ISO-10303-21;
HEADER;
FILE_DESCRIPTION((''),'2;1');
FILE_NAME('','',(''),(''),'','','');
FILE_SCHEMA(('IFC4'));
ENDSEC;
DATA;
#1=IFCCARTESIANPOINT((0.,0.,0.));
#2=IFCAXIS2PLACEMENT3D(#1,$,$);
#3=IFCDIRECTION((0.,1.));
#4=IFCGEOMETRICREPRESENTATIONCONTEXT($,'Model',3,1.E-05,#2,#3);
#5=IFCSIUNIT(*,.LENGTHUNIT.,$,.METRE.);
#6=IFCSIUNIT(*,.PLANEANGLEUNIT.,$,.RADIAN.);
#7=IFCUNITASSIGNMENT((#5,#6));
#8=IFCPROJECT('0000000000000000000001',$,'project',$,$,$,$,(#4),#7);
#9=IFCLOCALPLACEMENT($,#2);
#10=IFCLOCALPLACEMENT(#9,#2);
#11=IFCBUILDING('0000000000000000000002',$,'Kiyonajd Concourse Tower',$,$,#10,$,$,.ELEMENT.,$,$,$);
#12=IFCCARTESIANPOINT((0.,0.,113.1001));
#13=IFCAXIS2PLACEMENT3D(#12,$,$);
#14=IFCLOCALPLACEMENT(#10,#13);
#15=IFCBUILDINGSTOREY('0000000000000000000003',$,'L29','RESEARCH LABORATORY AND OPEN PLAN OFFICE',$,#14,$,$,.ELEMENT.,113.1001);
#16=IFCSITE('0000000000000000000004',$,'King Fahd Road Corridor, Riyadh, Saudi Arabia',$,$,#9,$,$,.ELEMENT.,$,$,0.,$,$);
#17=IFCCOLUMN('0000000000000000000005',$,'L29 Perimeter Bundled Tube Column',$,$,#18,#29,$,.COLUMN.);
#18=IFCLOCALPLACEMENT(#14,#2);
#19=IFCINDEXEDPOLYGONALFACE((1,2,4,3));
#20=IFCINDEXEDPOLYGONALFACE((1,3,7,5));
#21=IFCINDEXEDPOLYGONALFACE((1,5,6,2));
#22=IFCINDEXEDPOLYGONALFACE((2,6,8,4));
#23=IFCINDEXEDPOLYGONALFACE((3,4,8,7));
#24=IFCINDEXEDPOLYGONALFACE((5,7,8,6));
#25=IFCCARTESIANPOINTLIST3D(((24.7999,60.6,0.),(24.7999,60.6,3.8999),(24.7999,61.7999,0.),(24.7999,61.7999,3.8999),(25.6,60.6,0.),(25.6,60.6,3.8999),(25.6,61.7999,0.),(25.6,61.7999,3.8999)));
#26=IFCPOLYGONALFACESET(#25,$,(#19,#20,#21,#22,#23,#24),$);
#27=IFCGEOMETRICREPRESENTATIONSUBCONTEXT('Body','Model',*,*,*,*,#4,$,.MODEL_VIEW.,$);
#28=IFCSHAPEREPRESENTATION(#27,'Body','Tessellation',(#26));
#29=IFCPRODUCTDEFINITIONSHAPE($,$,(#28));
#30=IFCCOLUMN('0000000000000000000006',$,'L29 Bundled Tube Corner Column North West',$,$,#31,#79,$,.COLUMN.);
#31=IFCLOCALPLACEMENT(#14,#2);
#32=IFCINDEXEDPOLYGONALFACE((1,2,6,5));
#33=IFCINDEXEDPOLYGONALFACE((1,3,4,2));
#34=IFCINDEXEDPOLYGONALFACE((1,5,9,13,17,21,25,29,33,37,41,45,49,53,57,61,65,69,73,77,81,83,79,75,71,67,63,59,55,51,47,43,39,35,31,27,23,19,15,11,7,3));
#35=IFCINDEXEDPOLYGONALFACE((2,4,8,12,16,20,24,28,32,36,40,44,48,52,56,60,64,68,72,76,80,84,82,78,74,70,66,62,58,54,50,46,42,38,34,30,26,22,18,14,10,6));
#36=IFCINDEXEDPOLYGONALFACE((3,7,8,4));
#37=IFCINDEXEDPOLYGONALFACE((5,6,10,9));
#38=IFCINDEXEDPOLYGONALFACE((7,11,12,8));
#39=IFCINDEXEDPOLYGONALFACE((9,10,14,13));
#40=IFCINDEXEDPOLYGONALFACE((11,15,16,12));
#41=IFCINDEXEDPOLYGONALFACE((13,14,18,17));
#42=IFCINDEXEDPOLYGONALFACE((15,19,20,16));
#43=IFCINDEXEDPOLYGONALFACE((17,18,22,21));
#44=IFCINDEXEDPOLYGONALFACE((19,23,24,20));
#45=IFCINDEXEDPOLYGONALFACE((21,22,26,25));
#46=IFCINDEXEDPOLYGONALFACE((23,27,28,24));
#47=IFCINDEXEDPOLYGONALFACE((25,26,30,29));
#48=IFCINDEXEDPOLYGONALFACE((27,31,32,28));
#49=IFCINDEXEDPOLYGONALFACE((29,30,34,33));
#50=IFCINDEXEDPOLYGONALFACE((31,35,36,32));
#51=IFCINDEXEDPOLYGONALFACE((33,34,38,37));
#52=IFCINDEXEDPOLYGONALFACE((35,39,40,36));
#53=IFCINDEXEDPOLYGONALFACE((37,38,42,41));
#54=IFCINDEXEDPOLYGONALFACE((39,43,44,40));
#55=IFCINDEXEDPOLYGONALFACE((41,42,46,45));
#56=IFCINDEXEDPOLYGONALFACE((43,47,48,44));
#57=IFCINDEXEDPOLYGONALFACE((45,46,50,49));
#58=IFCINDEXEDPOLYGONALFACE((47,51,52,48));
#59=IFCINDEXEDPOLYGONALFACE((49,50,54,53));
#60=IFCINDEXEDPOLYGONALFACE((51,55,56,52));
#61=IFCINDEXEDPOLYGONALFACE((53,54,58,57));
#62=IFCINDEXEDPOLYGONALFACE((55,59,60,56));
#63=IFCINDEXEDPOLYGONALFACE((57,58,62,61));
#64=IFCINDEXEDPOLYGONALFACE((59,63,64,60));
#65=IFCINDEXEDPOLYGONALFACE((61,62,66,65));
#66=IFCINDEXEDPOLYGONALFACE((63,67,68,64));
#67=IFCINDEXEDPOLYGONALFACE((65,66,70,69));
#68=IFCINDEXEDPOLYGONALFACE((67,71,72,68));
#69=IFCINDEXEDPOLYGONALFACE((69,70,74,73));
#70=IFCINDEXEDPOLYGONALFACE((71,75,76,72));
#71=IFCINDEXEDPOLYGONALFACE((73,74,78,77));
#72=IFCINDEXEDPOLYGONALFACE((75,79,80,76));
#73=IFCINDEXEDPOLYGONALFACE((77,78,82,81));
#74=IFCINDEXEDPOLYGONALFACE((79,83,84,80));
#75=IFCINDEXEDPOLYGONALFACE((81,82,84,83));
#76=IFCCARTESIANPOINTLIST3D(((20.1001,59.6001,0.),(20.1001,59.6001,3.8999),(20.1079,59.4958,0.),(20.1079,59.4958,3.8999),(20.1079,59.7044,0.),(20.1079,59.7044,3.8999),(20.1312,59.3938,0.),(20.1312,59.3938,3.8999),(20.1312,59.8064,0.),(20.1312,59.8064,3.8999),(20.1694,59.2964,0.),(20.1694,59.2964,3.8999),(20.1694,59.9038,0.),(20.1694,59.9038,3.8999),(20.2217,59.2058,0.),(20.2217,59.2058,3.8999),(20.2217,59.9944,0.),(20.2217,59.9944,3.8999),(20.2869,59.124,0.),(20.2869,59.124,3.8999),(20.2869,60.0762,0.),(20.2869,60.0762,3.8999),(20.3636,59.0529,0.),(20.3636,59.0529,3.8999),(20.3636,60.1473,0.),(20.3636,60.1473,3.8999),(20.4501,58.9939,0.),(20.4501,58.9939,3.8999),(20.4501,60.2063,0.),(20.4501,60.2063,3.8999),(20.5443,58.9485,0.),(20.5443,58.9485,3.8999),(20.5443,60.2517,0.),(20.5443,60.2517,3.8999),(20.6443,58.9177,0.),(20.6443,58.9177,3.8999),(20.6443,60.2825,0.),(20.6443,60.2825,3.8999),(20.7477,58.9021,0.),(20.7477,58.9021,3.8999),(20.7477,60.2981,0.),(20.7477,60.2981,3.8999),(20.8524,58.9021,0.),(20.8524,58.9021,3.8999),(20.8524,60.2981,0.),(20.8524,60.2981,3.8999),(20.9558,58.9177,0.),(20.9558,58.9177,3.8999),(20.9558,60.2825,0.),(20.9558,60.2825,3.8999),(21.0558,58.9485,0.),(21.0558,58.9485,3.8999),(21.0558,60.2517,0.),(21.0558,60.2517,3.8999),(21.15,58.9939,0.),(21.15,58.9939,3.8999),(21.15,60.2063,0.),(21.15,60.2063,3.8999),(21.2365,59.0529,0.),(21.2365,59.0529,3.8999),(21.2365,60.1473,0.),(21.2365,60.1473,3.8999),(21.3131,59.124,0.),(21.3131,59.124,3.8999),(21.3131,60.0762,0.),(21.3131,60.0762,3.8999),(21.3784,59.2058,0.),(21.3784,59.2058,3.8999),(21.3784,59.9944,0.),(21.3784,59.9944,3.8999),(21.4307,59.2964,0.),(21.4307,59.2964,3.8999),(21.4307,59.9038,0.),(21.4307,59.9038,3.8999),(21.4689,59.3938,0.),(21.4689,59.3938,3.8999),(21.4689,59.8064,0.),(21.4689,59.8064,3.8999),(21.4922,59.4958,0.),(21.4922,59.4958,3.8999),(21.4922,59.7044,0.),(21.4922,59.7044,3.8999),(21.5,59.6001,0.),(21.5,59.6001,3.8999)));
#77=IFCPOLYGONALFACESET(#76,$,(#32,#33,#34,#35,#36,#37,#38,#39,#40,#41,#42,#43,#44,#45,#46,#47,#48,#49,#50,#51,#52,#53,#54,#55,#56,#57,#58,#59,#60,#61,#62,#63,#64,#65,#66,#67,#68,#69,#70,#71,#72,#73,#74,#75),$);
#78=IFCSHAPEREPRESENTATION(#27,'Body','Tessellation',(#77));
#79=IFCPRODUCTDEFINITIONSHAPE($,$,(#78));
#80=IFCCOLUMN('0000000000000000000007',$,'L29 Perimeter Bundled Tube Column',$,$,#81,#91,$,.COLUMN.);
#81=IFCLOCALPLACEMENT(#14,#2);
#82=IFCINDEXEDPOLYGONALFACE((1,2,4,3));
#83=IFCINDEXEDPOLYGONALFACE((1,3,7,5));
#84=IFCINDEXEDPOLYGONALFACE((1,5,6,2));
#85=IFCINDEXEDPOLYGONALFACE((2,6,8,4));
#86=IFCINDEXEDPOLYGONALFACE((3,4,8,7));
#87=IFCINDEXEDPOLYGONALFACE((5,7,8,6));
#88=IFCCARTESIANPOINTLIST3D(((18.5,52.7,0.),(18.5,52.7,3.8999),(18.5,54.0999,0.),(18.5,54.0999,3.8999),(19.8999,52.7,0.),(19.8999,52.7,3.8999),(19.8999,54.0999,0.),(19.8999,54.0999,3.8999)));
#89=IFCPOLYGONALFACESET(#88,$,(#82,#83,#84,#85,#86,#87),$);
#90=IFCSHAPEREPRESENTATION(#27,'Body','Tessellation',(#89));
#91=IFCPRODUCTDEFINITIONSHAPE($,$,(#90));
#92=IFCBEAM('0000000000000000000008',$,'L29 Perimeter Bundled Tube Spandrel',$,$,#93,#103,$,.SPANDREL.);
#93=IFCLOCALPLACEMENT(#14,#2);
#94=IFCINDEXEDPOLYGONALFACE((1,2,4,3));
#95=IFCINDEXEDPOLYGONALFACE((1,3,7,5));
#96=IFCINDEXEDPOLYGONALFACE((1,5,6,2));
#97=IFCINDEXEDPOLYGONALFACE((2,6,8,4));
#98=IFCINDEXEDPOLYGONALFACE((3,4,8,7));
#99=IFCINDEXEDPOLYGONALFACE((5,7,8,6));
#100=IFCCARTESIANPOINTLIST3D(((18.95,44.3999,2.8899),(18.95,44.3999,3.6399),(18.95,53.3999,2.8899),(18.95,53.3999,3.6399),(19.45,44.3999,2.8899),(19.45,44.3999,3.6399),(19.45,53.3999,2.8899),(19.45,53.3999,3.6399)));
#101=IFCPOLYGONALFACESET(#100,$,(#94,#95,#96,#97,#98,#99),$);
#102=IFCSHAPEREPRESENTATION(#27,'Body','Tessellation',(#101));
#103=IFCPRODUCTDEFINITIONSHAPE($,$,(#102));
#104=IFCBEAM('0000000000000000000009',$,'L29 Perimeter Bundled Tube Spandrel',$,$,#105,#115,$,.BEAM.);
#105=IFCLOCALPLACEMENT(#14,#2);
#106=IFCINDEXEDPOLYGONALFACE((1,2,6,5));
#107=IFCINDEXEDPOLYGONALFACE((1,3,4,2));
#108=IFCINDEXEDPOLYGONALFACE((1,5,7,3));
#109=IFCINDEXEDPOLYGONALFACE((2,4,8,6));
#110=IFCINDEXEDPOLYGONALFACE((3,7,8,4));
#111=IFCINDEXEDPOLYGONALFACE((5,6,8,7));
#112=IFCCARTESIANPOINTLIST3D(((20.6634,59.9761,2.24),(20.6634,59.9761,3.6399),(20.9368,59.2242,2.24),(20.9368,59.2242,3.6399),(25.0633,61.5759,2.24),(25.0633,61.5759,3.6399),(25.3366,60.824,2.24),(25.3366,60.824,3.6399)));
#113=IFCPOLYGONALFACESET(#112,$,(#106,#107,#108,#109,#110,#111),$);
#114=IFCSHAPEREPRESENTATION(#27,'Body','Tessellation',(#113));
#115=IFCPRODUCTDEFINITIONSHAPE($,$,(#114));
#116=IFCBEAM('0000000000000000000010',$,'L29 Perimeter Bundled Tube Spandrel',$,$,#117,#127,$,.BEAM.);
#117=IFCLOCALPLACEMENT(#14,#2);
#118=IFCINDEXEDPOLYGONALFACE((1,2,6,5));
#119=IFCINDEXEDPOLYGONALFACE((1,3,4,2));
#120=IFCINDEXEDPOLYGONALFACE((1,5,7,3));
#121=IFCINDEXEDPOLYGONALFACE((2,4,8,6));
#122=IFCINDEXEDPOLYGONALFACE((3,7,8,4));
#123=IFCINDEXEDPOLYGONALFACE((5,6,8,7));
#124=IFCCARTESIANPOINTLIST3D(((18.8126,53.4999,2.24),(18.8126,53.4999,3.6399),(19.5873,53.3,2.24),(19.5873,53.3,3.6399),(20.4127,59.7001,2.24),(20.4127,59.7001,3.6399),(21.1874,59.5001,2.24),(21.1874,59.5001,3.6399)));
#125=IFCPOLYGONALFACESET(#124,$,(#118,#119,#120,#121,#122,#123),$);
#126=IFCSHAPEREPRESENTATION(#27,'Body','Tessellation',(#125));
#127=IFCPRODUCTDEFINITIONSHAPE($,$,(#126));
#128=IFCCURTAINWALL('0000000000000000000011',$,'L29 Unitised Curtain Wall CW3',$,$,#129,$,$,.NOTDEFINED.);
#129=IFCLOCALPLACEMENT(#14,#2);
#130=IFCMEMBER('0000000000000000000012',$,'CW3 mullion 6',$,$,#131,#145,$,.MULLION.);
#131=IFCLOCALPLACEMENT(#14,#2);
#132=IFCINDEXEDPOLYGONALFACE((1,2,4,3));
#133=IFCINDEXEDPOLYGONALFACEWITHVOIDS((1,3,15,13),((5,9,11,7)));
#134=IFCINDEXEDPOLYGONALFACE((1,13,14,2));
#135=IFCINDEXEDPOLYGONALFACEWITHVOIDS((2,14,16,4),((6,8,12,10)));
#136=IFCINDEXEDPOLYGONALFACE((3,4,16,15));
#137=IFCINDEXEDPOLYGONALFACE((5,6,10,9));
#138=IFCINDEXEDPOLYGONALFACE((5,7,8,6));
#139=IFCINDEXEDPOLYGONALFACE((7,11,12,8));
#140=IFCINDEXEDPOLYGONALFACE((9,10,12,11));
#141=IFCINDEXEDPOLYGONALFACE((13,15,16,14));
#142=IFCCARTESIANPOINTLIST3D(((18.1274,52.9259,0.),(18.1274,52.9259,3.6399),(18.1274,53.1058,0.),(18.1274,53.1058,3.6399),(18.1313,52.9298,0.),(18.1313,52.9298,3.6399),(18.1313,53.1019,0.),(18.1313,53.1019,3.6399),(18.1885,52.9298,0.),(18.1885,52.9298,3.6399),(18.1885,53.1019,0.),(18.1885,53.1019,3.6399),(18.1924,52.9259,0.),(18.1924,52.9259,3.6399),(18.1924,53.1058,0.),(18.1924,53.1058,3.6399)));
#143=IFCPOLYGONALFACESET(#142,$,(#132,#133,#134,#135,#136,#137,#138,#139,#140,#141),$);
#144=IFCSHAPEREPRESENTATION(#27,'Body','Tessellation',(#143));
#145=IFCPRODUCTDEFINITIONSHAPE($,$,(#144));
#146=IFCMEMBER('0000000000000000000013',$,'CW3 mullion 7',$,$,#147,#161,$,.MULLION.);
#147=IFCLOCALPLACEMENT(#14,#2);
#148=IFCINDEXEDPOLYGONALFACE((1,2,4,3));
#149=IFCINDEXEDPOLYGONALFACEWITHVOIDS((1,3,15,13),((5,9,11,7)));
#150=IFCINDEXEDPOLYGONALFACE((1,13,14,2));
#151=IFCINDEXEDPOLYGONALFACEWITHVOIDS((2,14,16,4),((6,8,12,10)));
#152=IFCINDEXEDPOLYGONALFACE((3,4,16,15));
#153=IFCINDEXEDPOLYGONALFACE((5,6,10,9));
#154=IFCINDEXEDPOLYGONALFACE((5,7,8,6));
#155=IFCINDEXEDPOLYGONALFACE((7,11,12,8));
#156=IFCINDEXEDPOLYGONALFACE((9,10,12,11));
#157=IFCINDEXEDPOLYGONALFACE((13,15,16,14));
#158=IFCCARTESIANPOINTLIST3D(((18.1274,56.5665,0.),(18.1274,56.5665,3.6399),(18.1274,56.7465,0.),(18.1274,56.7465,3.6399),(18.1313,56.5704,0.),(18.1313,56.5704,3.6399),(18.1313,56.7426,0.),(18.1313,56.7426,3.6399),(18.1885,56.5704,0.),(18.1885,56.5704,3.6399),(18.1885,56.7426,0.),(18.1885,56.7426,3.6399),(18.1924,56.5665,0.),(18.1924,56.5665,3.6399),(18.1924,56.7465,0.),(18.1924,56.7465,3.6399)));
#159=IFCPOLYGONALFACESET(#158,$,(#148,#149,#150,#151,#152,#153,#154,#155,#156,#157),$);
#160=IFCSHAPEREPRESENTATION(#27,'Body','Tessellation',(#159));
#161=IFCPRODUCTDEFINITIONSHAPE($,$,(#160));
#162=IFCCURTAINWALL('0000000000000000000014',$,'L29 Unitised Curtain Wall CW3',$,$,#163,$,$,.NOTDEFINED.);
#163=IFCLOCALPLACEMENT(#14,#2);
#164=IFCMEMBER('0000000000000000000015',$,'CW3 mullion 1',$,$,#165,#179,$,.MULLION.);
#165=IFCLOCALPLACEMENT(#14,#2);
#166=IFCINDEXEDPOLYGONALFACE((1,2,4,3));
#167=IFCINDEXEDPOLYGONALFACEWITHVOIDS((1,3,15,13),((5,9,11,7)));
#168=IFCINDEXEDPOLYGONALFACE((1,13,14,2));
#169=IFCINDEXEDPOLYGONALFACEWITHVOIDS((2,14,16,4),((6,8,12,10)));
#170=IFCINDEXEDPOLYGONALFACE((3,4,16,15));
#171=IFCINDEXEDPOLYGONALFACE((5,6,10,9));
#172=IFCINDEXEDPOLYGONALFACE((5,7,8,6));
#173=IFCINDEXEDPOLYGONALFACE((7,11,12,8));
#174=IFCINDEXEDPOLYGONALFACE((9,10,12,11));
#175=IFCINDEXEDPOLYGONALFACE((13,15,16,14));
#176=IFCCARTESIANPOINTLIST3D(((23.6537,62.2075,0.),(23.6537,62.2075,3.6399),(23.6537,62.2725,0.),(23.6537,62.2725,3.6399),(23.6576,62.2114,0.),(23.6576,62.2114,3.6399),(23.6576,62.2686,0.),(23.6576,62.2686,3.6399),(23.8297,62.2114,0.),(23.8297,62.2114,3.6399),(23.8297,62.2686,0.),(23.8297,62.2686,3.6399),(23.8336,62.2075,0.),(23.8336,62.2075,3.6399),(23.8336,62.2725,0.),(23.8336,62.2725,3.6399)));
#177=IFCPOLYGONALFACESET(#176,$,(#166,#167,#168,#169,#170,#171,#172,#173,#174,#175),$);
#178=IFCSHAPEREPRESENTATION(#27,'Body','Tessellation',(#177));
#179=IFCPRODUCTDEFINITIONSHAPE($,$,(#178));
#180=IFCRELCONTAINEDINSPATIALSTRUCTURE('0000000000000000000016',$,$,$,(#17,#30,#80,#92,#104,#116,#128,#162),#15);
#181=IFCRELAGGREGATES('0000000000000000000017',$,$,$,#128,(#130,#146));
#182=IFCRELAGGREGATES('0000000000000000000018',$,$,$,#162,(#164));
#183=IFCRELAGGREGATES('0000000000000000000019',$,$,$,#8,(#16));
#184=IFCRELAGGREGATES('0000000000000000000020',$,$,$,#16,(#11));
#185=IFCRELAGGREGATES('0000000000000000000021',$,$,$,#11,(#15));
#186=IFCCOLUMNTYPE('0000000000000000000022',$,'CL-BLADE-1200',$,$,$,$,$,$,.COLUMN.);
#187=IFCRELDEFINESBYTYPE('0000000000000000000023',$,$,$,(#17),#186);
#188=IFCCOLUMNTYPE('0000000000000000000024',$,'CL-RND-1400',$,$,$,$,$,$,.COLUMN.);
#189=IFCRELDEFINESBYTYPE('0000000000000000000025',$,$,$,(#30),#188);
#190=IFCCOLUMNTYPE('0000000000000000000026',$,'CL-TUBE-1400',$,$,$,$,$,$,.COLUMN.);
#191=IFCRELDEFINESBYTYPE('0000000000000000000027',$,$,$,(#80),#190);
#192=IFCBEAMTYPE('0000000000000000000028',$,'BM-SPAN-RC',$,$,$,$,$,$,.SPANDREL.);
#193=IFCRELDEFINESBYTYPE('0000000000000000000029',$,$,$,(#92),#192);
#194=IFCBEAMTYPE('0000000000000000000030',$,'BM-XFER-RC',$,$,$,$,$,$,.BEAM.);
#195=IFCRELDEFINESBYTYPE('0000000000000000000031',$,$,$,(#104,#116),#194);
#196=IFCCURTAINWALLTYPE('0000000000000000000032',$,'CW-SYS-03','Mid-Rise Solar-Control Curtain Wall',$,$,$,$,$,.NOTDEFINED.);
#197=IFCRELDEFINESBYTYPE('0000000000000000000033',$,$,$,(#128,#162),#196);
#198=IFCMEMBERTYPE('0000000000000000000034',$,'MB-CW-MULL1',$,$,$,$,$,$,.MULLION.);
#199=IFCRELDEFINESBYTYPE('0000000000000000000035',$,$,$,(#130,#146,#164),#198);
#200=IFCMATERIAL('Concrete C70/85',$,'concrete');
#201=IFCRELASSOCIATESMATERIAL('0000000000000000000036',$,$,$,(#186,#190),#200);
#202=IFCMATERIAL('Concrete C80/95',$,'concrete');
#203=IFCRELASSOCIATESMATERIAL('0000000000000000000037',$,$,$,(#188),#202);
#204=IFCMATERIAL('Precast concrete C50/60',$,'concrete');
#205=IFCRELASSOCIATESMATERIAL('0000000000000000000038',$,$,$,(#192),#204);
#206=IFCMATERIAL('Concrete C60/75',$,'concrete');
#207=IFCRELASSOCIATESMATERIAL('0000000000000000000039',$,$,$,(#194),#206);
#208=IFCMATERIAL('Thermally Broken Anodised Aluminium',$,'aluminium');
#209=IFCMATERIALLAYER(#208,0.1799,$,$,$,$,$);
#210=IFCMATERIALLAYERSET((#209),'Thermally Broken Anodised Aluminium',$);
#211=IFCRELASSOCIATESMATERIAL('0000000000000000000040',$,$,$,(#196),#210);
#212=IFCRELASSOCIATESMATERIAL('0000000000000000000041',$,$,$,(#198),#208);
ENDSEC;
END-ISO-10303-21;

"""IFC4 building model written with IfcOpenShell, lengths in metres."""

from ifc_helpers import new_model, si_unit, direction, frame, origin, origin_2d, place, context, subcontext, project, spatial, rectangle, hollow_rectangle, circle, extrude, material, layer, layer_set, material_profile, profile_set, type_object, element, aggregate, save


model = new_model("IFC4")

# Units and contexts
model_context = context("Model", 3, precision=1e-05, world=origin(), true_north=direction((0.0, 1.0)))
body_context = subcontext(model_context, "Body", "Model", "MODEL_VIEW")
ifc_project = project(units=[si_unit("LENGTHUNIT", "METRE"), si_unit("PLANEANGLEUNIT", "RADIAN")], contexts=[model_context])

# Site, building, storey
site_placement = place(None, origin())
site = spatial("IfcSite", under=ifc_project, at=site_placement, Name="King Fahd Road Corridor, Riyadh, Saudi Arabia", CompositionType="ELEMENT", RefElevation=0.0)
building_placement = place(site_placement, origin())
building = spatial("IfcBuilding", under=site, at=building_placement, Name="Kiyonajd Concourse Tower", CompositionType="ELEMENT")
storey_placement = place(building_placement, frame((0.0, 0.0, 113.1001)))
storey = spatial("IfcBuildingStorey", under=building, at=storey_placement, Name="L29", Description="RESEARCH LABORATORY AND OPEN PLAN OFFICE", CompositionType="ELEMENT", Elevation=113.1001)

# Columns
ifc_material_1 = material(Name="Concrete C70/85", Category="concrete")
ifc_material_profile_1 = material_profile(ifc_material_1, rectangle(XDim=0.8, YDim=1.2, at=origin_2d()), Name="RC-1200x800")
ifc_profile_set_1 = profile_set([ifc_material_profile_1], Name="Concrete C70/85")
column_type_1 = type_object("IfcColumnType", Name="CL-BLADE-1200", PredefinedType="COLUMN", material=ifc_profile_set_1)
column_1_placement = place(storey_placement, frame((25.2, 61.2, 0.0), z_axis=(0.0, 0.0, 1.0), x_axis=(1.0, 0.0, 0.0)))
element("IfcColumn", 1, at=column_1_placement, inside=storey, type_object=column_type_1, Name="L29 Perimeter Bundled Tube Column", PredefinedType="COLUMN", context=body_context, shape_type="SweptSolid", body=[
    extrude(rectangle(XDim=0.8, YDim=1.2, at=origin_2d()), origin(), (0.0, 0.0, 1.0), 3.8999),
])
ifc_material_2 = material(Name="Concrete C80/95", Category="concrete")
ifc_material_profile_2 = material_profile(ifc_material_2, circle(Radius=0.7, at=origin_2d()), Name="RCC-D1400")
ifc_profile_set_2 = profile_set([ifc_material_profile_2], Name="Concrete C80/95")
column_type_2 = type_object("IfcColumnType", Name="CL-RND-1400", PredefinedType="COLUMN", material=ifc_profile_set_2)
column_2_placement = place(storey_placement, frame((20.8, 59.6001, 0.0), z_axis=(0.0, 0.0, 1.0), x_axis=(1.0, 0.0, 0.0)))
element("IfcColumn", 2, at=column_2_placement, inside=storey, type_object=column_type_2, Name="L29 Bundled Tube Corner Column North West", PredefinedType="COLUMN", context=body_context, shape_type="SweptSolid", body=[
    extrude(circle(Radius=0.7, at=origin_2d()), origin(), (0.0, 0.0, 1.0), 3.8999),
])
ifc_material_profile_3 = material_profile(ifc_material_1, rectangle(XDim=1.3999, YDim=1.3999, at=origin_2d()), Name="RC-1400x1400")
ifc_profile_set_3 = profile_set([ifc_material_profile_3], Name="Concrete C70/85")
column_type_3 = type_object("IfcColumnType", Name="CL-TUBE-1400", PredefinedType="COLUMN", material=ifc_profile_set_3)
column_3_placement = place(storey_placement, frame((19.2, 53.3999, 0.0), z_axis=(0.0, 0.0, 1.0), x_axis=(1.0, 0.0, 0.0)))
element("IfcColumn", 3, at=column_3_placement, inside=storey, type_object=column_type_3, Name="L29 Perimeter Bundled Tube Column", PredefinedType="COLUMN", context=body_context, shape_type="SweptSolid", body=[
    extrude(rectangle(XDim=1.3999, YDim=1.3999, at=origin_2d()), origin(), (0.0, 0.0, 1.0), 3.8999),
])

# Beams
ifc_material_3 = material(Name="Precast concrete C50/60", Category="concrete")
ifc_material_profile_4 = material_profile(ifc_material_3, rectangle(XDim=0.5, YDim=0.75, at=origin_2d()), Name="RCBM-500x750")
ifc_profile_set_4 = profile_set([ifc_material_profile_4], Name="Precast concrete C50/60")
beam_type_1 = type_object("IfcBeamType", Name="BM-SPAN-RC", PredefinedType="SPANDREL", material=ifc_profile_set_4)
beam_1_placement = place(storey_placement, frame((19.2, 53.3999, 3.2649), z_axis=(0.0, -1.0, 0.0), x_axis=(1.0, 0.0, 0.0)))
element("IfcBeam", 4, at=beam_1_placement, inside=storey, type_object=beam_type_1, Name="L29 Perimeter Bundled Tube Spandrel", PredefinedType="SPANDREL", context=body_context, shape_type="SweptSolid", body=[
    extrude(rectangle(XDim=0.5, YDim=0.75, at=origin_2d()), origin(), (0.0, 0.0, 1.0), 9.0),
])
ifc_material_4 = material(Name="Concrete C60/75", Category="concrete")
ifc_material_profile_5 = material_profile(ifc_material_4, rectangle(XDim=0.8, YDim=1.3999, at=origin_2d()), Name="RCBM-800x1400")
ifc_profile_set_5 = profile_set([ifc_material_profile_5], Name="Concrete C60/75")
beam_type_2 = type_object("IfcBeamType", Name="BM-XFER-RC", PredefinedType="BEAM", material=ifc_profile_set_5)
beam_2_placement = place(storey_placement, frame((25.2, 61.2, 2.9399), z_axis=(-0.939801, -0.341722, 0.0), x_axis=(0.341722, -0.939801, 0.0)))
element("IfcBeam", 5, at=beam_2_placement, inside=storey, type_object=beam_type_2, Name="L29 Perimeter Bundled Tube Spandrel", PredefinedType="BEAM", context=body_context, shape_type="SweptSolid", body=[
    extrude(rectangle(XDim=0.8, YDim=1.3999, at=origin_2d()), origin(), (0.0, 0.0, 1.0), 4.6816),
])
beam_3_placement = place(storey_placement, frame((20.8, 59.6001, 2.9399), z_axis=(-0.249885, -0.968276, 0.0), x_axis=(0.968276, -0.249885, 0.0)))
element("IfcBeam", 6, at=beam_3_placement, inside=storey, type_object=beam_type_2, Name="L29 Perimeter Bundled Tube Spandrel", PredefinedType="BEAM", context=body_context, shape_type="SweptSolid", body=[
    extrude(rectangle(XDim=0.8, YDim=1.3999, at=origin_2d()), origin(), (0.0, 0.0, 1.0), 6.4033),
])

# Curtain walls, members
ifc_material_5 = material(Name="Thermally Broken Anodised Aluminium", Category="aluminium")
ifc_layer_1 = layer(ifc_material_5, 0.1799)
ifc_layer_set_1 = layer_set([ifc_layer_1], Name="Thermally Broken Anodised Aluminium")
curtain_wall_type = type_object("IfcCurtainWallType", Name="CW-SYS-03", Description="Mid-Rise Solar-Control Curtain Wall", PredefinedType="NOTDEFINED", material=ifc_layer_set_1)
curtain_wall_1_placement = place(storey_placement, origin())
curtain_wall_1 = element("IfcCurtainWall", 7, at=curtain_wall_1_placement, inside=storey, type_object=curtain_wall_type, Name="L29 Unitised Curtain Wall CW3", PredefinedType="NOTDEFINED")
ifc_material_profile_6 = material_profile(ifc_material_5, hollow_rectangle(XDim=0.0649, YDim=0.1799, WallThickness=0.0039, at=origin_2d()), Name="MULL-65x180")
ifc_profile_set_6 = profile_set([ifc_material_profile_6], Name="Thermally Broken Anodised Aluminium")
member_type_1 = type_object("IfcMemberType", Name="MB-CW-MULL1", PredefinedType="MULLION", material=ifc_profile_set_6)
member_1_placement = place(storey_placement, frame((18.1599, 53.0159, 0.0), z_axis=(0.0, 0.0, 1.0), x_axis=(-1.0, 0.0, 0.0)))
member_1 = element("IfcMember", 8, at=member_1_placement, type_object=member_type_1, Name="CW3 mullion 6", PredefinedType="MULLION", context=body_context, shape_type="SweptSolid", body=[
    extrude(hollow_rectangle(XDim=0.0649, YDim=0.1799, WallThickness=0.0039, at=origin_2d()), origin(), (0.0, 0.0, 1.0), 3.6399),
])
member_2_placement = place(storey_placement, frame((18.1599, 56.6565, 0.0), z_axis=(0.0, 0.0, 1.0), x_axis=(-1.0, 0.0, 0.0)))
member_2 = element("IfcMember", 9, at=member_2_placement, type_object=member_type_1, Name="CW3 mullion 7", PredefinedType="MULLION", context=body_context, shape_type="SweptSolid", body=[
    extrude(hollow_rectangle(XDim=0.0649, YDim=0.1799, WallThickness=0.0039, at=origin_2d()), origin(), (0.0, 0.0, 1.0), 3.6399),
])
curtain_wall_2_placement = place(storey_placement, origin())
curtain_wall_2 = element("IfcCurtainWall", 10, at=curtain_wall_2_placement, inside=storey, type_object=curtain_wall_type, Name="L29 Unitised Curtain Wall CW3", PredefinedType="NOTDEFINED")
member_3_placement = place(storey_placement, frame((23.7437, 62.24, 0.0), z_axis=(0.0, 0.0, 1.0), x_axis=(0.0, 1.0, 0.0)))
member_3 = element("IfcMember", 11, at=member_3_placement, type_object=member_type_1, Name="CW3 mullion 1", PredefinedType="MULLION", context=body_context, shape_type="SweptSolid", body=[
    extrude(hollow_rectangle(XDim=0.0649, YDim=0.1799, WallThickness=0.0039, at=origin_2d()), origin(), (0.0, 0.0, 1.0), 3.6399),
])

aggregate(curtain_wall_1, [member_1, member_2])
aggregate(curtain_wall_2, [member_3])

save(model, "model.ifc")
